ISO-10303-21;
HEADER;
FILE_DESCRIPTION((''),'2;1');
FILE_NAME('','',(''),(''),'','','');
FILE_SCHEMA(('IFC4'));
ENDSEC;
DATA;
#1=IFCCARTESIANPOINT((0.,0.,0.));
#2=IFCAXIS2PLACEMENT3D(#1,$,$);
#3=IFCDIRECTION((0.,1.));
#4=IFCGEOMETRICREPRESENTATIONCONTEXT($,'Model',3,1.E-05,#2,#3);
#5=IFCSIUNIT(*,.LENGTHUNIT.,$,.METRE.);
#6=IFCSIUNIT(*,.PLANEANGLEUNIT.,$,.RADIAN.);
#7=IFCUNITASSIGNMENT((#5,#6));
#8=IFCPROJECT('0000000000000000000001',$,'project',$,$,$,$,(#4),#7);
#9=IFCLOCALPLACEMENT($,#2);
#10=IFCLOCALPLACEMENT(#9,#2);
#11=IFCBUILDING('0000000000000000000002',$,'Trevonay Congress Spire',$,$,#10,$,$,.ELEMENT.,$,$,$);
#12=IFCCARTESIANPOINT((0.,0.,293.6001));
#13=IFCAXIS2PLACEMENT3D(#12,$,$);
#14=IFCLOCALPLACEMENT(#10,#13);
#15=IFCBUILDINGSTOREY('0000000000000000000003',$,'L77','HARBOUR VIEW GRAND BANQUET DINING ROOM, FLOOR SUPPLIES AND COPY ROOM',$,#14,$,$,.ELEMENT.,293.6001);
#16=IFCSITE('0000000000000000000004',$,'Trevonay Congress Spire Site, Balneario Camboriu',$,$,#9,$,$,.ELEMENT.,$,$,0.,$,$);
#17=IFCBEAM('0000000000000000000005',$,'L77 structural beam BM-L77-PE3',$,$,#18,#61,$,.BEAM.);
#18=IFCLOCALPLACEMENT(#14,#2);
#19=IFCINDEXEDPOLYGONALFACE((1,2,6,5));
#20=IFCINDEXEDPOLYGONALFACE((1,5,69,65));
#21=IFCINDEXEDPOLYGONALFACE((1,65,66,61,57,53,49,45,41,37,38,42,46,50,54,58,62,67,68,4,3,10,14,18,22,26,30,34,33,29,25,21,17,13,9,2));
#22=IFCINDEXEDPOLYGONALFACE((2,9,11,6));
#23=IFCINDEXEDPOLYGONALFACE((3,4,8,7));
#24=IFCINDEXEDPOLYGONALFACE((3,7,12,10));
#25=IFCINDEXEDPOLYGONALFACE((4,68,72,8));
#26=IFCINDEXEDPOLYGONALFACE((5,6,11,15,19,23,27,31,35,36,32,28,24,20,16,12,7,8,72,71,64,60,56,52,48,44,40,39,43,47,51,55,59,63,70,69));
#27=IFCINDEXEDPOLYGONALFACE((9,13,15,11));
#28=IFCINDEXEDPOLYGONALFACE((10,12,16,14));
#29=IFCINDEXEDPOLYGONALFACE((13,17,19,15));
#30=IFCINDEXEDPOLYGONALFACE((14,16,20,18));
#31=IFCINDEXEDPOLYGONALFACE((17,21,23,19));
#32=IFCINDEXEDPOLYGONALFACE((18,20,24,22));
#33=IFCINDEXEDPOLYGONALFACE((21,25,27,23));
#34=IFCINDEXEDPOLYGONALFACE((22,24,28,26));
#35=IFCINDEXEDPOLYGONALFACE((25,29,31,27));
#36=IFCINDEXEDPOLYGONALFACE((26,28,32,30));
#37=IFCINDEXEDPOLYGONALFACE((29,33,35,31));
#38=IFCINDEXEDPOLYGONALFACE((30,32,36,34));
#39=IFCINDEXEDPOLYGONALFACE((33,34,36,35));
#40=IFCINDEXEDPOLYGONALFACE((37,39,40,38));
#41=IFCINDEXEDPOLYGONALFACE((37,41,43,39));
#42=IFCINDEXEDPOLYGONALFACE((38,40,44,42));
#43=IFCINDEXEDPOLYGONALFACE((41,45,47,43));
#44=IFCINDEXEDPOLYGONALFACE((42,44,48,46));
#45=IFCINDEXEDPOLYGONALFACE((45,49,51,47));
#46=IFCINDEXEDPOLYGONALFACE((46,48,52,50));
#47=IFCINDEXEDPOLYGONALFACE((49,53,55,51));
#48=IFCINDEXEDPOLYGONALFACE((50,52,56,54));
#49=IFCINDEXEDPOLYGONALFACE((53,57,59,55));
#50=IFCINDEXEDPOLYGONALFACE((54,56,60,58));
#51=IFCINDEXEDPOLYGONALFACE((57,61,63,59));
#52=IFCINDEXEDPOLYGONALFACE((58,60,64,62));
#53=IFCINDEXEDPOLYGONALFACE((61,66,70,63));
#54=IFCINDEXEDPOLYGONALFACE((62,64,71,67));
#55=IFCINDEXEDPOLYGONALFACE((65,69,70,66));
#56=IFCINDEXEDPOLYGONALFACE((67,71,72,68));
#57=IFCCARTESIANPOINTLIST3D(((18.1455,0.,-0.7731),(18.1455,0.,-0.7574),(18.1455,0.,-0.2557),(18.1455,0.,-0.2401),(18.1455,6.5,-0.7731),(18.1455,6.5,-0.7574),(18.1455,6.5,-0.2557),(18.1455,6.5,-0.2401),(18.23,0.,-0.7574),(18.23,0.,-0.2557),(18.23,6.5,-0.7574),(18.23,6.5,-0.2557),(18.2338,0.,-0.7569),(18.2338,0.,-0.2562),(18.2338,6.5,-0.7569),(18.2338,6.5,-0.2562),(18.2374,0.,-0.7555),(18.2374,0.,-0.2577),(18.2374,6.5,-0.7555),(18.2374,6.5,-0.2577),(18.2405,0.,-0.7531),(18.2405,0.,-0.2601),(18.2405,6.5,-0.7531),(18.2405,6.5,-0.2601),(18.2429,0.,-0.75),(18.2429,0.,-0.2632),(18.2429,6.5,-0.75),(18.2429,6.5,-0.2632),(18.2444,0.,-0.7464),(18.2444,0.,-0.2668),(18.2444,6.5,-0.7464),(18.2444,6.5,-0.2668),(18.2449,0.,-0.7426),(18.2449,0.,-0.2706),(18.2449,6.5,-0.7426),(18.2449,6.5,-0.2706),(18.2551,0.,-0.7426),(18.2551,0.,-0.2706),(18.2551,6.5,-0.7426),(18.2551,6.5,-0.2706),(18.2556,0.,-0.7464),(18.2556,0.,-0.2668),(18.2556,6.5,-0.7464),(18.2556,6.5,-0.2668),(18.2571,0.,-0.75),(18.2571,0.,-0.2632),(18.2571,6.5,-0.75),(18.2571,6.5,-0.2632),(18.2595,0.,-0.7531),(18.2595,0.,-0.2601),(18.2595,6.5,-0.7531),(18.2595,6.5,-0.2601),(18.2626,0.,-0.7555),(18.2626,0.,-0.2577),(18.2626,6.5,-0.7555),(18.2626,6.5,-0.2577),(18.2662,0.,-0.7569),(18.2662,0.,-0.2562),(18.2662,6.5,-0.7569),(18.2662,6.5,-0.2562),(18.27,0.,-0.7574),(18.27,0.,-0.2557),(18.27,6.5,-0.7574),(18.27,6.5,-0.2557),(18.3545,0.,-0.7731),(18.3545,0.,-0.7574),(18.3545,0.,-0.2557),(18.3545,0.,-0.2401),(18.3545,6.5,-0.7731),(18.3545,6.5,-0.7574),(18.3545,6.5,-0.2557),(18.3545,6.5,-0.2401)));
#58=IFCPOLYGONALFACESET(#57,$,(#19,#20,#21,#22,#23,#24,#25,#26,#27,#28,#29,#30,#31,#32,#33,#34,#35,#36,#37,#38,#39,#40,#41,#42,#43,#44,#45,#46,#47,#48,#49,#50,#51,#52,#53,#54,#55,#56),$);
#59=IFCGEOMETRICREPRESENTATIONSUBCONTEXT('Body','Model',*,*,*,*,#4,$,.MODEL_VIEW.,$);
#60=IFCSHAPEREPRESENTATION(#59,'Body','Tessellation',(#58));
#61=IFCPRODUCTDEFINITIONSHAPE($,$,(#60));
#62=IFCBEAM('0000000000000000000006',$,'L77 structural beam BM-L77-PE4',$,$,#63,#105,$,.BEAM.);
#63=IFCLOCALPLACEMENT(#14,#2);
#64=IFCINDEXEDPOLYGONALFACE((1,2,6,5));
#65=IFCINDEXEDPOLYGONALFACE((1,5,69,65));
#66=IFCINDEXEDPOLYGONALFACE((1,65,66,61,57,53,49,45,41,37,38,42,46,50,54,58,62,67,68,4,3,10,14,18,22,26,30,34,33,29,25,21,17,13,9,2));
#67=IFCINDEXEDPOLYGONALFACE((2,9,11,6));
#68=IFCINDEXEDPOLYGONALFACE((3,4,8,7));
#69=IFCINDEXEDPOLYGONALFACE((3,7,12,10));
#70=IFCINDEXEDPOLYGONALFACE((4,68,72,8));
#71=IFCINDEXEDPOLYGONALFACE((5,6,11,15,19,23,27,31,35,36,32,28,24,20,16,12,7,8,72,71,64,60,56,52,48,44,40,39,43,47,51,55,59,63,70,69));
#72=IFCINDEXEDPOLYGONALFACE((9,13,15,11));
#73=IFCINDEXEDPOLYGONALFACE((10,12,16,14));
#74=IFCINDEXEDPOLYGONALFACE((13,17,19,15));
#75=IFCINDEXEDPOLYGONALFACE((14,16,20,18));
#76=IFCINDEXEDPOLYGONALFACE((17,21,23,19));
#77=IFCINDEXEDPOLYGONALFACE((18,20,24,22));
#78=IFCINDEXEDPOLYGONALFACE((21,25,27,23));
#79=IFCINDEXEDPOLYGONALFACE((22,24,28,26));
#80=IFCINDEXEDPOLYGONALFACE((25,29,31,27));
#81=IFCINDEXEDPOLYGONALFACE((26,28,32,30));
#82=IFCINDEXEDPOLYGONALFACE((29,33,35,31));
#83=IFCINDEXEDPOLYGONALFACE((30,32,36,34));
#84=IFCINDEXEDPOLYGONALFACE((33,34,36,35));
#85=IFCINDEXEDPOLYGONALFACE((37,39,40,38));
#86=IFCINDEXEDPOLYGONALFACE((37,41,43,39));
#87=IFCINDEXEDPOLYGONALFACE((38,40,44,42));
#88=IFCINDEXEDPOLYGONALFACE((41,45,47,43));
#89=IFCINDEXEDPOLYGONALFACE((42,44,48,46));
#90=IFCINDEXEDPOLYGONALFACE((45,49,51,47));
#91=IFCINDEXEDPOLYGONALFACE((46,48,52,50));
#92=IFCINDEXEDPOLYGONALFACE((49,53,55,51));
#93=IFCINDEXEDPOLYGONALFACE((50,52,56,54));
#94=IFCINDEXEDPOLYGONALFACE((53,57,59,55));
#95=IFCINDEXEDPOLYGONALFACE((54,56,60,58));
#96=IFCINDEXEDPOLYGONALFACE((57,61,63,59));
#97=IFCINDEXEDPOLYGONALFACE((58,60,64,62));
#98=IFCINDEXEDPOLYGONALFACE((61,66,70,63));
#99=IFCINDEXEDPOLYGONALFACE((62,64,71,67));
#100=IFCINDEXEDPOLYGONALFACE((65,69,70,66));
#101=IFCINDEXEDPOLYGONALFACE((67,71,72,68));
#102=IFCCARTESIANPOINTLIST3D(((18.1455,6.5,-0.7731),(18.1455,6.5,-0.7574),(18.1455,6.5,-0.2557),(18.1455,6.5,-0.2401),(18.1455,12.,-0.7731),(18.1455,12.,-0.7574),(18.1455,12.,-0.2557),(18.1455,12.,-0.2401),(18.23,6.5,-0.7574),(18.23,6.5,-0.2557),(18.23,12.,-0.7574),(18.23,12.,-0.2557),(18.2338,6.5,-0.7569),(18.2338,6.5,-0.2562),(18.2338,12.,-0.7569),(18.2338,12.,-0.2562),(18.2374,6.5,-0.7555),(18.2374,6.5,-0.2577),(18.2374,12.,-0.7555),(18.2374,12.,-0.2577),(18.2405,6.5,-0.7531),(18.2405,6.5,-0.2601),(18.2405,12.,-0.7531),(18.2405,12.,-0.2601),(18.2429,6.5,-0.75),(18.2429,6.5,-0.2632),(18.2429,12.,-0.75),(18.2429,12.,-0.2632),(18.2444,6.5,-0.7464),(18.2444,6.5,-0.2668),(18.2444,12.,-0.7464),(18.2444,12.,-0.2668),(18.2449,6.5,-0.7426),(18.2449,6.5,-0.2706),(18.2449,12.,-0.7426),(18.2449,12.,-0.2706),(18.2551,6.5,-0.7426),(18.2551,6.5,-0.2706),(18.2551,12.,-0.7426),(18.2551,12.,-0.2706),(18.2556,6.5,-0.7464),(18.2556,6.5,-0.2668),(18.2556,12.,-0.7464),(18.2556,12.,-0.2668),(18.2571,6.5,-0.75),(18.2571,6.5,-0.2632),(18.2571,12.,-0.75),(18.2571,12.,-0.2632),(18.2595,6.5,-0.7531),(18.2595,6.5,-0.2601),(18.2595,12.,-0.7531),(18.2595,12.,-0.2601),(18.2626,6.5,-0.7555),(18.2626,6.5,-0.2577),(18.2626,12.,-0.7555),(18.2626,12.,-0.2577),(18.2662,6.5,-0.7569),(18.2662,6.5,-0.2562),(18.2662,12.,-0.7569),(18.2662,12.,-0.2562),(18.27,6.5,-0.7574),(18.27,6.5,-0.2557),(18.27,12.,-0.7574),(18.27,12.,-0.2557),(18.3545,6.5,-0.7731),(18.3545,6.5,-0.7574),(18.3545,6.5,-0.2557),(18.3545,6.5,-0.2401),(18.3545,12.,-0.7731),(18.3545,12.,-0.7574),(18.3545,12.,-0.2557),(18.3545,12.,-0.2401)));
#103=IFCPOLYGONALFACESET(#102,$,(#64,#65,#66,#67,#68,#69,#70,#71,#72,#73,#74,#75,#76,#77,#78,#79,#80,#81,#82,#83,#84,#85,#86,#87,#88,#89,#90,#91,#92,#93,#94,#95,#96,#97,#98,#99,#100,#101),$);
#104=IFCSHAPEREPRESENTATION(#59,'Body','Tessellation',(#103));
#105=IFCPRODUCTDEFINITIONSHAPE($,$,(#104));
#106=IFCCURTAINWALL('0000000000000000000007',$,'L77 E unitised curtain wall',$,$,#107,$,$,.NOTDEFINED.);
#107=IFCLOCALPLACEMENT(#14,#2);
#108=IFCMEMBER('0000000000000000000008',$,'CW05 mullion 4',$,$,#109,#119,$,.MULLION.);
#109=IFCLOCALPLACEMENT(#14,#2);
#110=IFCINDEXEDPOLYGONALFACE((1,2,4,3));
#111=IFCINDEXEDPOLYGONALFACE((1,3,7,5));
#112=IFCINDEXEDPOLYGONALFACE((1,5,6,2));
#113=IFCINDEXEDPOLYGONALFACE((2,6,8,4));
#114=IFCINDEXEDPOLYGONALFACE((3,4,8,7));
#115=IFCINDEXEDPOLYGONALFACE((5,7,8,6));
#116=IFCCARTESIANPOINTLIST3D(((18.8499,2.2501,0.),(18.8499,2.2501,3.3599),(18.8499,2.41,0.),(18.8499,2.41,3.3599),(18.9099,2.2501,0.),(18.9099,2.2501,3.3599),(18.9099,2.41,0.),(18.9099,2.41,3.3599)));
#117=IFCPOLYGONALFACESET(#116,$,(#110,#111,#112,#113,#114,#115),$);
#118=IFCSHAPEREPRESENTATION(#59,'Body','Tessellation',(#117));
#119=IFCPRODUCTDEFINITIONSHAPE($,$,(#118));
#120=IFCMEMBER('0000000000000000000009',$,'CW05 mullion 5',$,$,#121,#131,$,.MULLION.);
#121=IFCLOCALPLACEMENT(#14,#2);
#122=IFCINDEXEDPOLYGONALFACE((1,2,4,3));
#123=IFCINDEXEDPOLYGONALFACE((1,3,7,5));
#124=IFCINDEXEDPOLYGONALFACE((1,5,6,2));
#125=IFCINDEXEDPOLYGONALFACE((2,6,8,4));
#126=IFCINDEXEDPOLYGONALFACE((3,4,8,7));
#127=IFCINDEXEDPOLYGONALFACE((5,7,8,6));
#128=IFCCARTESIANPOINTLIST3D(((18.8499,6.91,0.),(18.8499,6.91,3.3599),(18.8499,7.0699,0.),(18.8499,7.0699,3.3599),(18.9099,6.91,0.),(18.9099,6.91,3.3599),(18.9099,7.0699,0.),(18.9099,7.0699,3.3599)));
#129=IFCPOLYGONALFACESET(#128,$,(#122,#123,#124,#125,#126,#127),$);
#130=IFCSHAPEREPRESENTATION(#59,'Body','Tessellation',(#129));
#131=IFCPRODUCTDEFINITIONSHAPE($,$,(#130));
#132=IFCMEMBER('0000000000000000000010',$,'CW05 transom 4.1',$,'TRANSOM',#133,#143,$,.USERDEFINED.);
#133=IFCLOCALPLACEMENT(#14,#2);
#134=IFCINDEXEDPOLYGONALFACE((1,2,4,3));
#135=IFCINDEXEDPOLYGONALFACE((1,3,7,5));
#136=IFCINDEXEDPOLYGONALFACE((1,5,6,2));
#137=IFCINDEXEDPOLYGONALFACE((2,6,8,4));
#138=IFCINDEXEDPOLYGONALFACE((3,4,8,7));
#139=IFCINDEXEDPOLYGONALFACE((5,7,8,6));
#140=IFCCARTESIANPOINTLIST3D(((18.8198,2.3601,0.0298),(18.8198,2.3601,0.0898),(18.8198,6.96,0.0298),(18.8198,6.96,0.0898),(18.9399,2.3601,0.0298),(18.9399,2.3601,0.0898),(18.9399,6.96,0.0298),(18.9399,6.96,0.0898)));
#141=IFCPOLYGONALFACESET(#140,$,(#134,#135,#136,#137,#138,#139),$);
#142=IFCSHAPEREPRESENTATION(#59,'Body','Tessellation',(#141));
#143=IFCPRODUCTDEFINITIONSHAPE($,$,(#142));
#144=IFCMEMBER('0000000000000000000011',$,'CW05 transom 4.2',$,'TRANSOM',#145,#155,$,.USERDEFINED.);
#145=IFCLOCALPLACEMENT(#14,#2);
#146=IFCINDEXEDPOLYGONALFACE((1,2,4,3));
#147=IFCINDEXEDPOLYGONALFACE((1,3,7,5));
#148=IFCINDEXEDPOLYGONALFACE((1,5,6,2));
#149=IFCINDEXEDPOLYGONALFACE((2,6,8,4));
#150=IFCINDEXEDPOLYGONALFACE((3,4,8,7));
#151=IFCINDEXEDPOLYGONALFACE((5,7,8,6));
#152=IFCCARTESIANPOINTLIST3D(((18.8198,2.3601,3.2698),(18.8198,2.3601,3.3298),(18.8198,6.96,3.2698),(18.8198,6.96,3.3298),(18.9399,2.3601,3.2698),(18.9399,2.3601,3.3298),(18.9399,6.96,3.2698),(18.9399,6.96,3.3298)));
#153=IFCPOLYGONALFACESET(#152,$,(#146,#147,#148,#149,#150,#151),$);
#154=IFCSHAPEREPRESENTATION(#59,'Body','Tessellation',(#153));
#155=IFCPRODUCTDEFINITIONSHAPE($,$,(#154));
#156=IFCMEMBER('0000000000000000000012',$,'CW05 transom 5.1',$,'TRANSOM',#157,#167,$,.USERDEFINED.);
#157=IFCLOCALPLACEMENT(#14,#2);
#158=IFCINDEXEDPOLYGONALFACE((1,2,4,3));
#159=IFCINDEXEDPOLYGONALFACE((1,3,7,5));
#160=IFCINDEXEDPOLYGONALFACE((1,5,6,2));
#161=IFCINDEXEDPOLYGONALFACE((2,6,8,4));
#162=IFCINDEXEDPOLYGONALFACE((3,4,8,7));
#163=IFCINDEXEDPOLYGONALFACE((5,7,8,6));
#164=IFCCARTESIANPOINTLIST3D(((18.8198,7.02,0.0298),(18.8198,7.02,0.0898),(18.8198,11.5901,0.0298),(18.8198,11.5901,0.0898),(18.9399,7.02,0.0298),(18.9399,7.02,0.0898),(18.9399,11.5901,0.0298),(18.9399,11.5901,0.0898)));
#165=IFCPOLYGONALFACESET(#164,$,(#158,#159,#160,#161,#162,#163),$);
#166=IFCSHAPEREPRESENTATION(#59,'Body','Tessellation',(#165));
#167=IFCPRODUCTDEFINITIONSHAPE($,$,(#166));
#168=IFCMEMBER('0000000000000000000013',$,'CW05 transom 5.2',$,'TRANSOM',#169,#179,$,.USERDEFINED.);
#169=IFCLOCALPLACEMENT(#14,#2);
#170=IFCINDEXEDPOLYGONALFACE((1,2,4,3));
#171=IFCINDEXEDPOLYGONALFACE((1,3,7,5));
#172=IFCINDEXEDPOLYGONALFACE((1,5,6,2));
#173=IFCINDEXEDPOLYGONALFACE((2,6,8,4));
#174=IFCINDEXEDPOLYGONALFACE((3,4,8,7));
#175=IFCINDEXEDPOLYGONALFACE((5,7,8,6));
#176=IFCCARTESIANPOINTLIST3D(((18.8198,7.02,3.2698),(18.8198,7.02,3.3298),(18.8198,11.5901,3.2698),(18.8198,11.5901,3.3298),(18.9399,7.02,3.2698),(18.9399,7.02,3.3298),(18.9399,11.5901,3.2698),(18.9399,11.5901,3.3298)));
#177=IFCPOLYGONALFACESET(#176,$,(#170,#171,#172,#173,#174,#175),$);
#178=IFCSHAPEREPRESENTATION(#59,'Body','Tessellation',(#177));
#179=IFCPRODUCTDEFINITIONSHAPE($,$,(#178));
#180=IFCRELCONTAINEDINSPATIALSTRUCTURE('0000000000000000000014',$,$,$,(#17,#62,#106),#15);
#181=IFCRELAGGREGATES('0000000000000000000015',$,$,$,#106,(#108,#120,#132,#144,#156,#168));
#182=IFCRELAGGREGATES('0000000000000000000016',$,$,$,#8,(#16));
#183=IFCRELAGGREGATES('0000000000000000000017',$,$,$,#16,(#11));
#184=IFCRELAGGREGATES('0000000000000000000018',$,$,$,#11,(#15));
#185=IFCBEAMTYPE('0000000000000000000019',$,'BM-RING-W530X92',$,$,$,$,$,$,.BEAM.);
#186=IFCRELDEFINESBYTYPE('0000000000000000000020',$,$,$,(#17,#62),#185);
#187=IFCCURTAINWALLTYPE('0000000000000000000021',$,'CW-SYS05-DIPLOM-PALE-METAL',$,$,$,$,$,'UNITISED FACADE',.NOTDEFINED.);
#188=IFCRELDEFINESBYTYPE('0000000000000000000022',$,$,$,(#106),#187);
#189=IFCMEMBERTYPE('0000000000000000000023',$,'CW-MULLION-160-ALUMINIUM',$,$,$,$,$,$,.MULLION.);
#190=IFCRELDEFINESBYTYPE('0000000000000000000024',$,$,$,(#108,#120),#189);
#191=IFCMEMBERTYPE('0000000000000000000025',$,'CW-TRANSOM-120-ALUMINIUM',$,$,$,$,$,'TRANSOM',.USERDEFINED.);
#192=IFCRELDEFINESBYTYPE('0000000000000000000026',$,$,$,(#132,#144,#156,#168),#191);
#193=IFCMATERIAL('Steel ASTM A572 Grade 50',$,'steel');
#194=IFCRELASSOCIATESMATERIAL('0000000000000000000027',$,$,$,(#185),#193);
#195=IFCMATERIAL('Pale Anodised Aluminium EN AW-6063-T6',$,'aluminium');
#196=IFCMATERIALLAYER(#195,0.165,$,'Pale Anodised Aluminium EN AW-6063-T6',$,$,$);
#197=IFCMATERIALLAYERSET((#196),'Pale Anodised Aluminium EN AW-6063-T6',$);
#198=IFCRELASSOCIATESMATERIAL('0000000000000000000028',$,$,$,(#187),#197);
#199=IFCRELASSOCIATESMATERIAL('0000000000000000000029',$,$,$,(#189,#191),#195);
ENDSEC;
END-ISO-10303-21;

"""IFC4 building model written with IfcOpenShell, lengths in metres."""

from ifc_helpers import new_model, si_unit, direction, frame, origin, origin_2d, place, context, subcontext, project, spatial, rectangle, i_section, extrude, material, layer, layer_set, material_profile, profile_set, type_object, element, aggregate, save


model = new_model("IFC4")

# Units and contexts
model_context = context("Model", 3, precision=1e-05, world=origin(), true_north=direction((0.0, 1.0)))
body_context = subcontext(model_context, "Body", "Model", "MODEL_VIEW")
ifc_project = project(units=[si_unit("LENGTHUNIT", "METRE"), si_unit("PLANEANGLEUNIT", "RADIAN")], contexts=[model_context])

# Site, building, storey
site_placement = place(None, origin())
site = spatial("IfcSite", under=ifc_project, at=site_placement, Name="Trevonay Congress Spire Site, Balneario Camboriu", CompositionType="ELEMENT", RefElevation=0.0)
building_placement = place(site_placement, origin())
building = spatial("IfcBuilding", under=site, at=building_placement, Name="Trevonay Congress Spire", CompositionType="ELEMENT")
storey_placement = place(building_placement, frame((0.0, 0.0, 293.6001)))
storey = spatial("IfcBuildingStorey", under=building, at=storey_placement, Name="L77", Description="HARBOUR VIEW GRAND BANQUET DINING ROOM, FLOOR SUPPLIES AND COPY ROOM", CompositionType="ELEMENT", Elevation=293.6001)

# Shared definitions
ifc_material_1 = material(Name="Steel ASTM A572 Grade 50", Category="steel")

# Beams
ifc_material_profile_1 = material_profile(ifc_material_1, i_section(OverallWidth=0.209, OverallDepth=0.533, WebThickness=0.0103, FlangeThickness=0.0156, FilletRadius=0.0149, at=origin_2d()), Name="W530x92")
ifc_profile_set_1 = profile_set([ifc_material_profile_1], Name="Steel ASTM A572 Grade 50")
beam_type_1 = type_object("IfcBeamType", Name="BM-RING-W530X92", PredefinedType="BEAM", material=ifc_profile_set_1)
beam_1_placement = place(storey_placement, frame((18.25, 0.0, -0.5066), z_axis=(0.0, 1.0, 0.0), x_axis=(-1.0, 0.0, 0.0)))
element("IfcBeam", 1, at=beam_1_placement, inside=storey, type_object=beam_type_1, Name="L77 structural beam BM-L77-PE3", PredefinedType="BEAM", context=body_context, shape_type="SweptSolid", body=[
    extrude(i_section(OverallWidth=0.209, OverallDepth=0.533, WebThickness=0.0103, FlangeThickness=0.0156, FilletRadius=0.0149, at=origin_2d()), origin(), (0.0, 0.0, 1.0), 6.5),
])
beam_2_placement = place(storey_placement, frame((18.25, 6.5, -0.5066), z_axis=(0.0, 1.0, 0.0), x_axis=(-1.0, 0.0, 0.0)))
element("IfcBeam", 2, at=beam_2_placement, inside=storey, type_object=beam_type_1, Name="L77 structural beam BM-L77-PE4", PredefinedType="BEAM", context=body_context, shape_type="SweptSolid", body=[
    extrude(i_section(OverallWidth=0.209, OverallDepth=0.533, WebThickness=0.0103, FlangeThickness=0.0156, FilletRadius=0.0149, at=origin_2d()), origin(), (0.0, 0.0, 1.0), 5.5),
])

# Curtain wall, members
ifc_material_2 = material(Name="Pale Anodised Aluminium EN AW-6063-T6", Category="aluminium")
ifc_layer_1 = layer(ifc_material_2, 0.165, Name="Pale Anodised Aluminium EN AW-6063-T6")
ifc_layer_set_1 = layer_set([ifc_layer_1], Name="Pale Anodised Aluminium EN AW-6063-T6")
curtain_wall_type = type_object("IfcCurtainWallType", Name="CW-SYS05-DIPLOM-PALE-METAL", ElementType="UNITISED FACADE", PredefinedType="NOTDEFINED", material=ifc_layer_set_1)
curtain_wall_placement = place(storey_placement, origin())
curtain_wall = element("IfcCurtainWall", 3, at=curtain_wall_placement, inside=storey, type_object=curtain_wall_type, Name="L77 E unitised curtain wall", PredefinedType="NOTDEFINED")
ifc_material_profile_2 = material_profile(ifc_material_2, rectangle(XDim=0.0601, YDim=0.1599, at=origin_2d()), Name="CW-MULLION-160-ALUMINIUM")
ifc_profile_set_2 = profile_set([ifc_material_profile_2], Name="Pale Anodised Aluminium EN AW-6063-T6")
member_type_1 = type_object("IfcMemberType", Name="CW-MULLION-160-ALUMINIUM", PredefinedType="MULLION", material=ifc_profile_set_2)
member_1_placement = place(storey_placement, frame((18.8799, 2.3301, 0.0), z_axis=(0.0, 0.0, 1.0), x_axis=(-1.0, 0.0, 0.0)))
member_1 = element("IfcMember", 4, at=member_1_placement, type_object=member_type_1, Name="CW05 mullion 4", PredefinedType="MULLION", context=body_context, shape_type="SweptSolid", body=[
    extrude(rectangle(XDim=0.0601, YDim=0.1599, at=origin_2d()), origin(), (0.0, 0.0, 1.0), 3.3599),
])
member_2_placement = place(storey_placement, frame((18.8799, 6.99, 0.0), z_axis=(0.0, 0.0, 1.0), x_axis=(-1.0, 0.0, 0.0)))
member_2 = element("IfcMember", 5, at=member_2_placement, type_object=member_type_1, Name="CW05 mullion 5", PredefinedType="MULLION", context=body_context, shape_type="SweptSolid", body=[
    extrude(rectangle(XDim=0.0601, YDim=0.1599, at=origin_2d()), origin(), (0.0, 0.0, 1.0), 3.3599),
])
ifc_material_profile_3 = material_profile(ifc_material_2, rectangle(XDim=0.1201, YDim=0.0601, at=origin_2d()), Name="CW-TRANSOM-120-ALUMINIUM")
ifc_profile_set_3 = profile_set([ifc_material_profile_3], Name="Pale Anodised Aluminium EN AW-6063-T6")
member_type_2 = type_object("IfcMemberType", Name="CW-TRANSOM-120-ALUMINIUM", ElementType="TRANSOM", PredefinedType="USERDEFINED", material=ifc_profile_set_3)
member_3_placement = place(storey_placement, frame((18.8799, 2.3601, 0.0598), z_axis=(0.0, 1.0, 0.0), x_axis=(-1.0, 0.0, 0.0)))
member_3 = element("IfcMember", 6, at=member_3_placement, type_object=member_type_2, Name="CW05 transom 4.1", ObjectType="TRANSOM", PredefinedType="USERDEFINED", context=body_context, shape_type="SweptSolid", body=[
    extrude(rectangle(XDim=0.1201, YDim=0.0601, at=origin_2d()), origin(), (0.0, 0.0, 1.0), 4.5999),
])
member_4_placement = place(storey_placement, frame((18.8799, 2.3601, 3.2998), z_axis=(0.0, 1.0, 0.0), x_axis=(-1.0, 0.0, 0.0)))
member_4 = element("IfcMember", 7, at=member_4_placement, type_object=member_type_2, Name="CW05 transom 4.2", ObjectType="TRANSOM", PredefinedType="USERDEFINED", context=body_context, shape_type="SweptSolid", body=[
    extrude(rectangle(XDim=0.1201, YDim=0.0601, at=origin_2d()), origin(), (0.0, 0.0, 1.0), 4.5999),
])
member_5_placement = place(storey_placement, frame((18.8799, 7.02, 0.0598), z_axis=(0.0, 1.0, 0.0), x_axis=(-1.0, 0.0, 0.0)))
member_5 = element("IfcMember", 8, at=member_5_placement, type_object=member_type_2, Name="CW05 transom 5.1", ObjectType="TRANSOM", PredefinedType="USERDEFINED", context=body_context, shape_type="SweptSolid", body=[
    extrude(rectangle(XDim=0.1201, YDim=0.0601, at=origin_2d()), origin(), (0.0, 0.0, 1.0), 4.5701),
])
member_6_placement = place(storey_placement, frame((18.8799, 7.02, 3.2998), z_axis=(0.0, 1.0, 0.0), x_axis=(-1.0, 0.0, 0.0)))
member_6 = element("IfcMember", 9, at=member_6_placement, type_object=member_type_2, Name="CW05 transom 5.2", ObjectType="TRANSOM", PredefinedType="USERDEFINED", context=body_context, shape_type="SweptSolid", body=[
    extrude(rectangle(XDim=0.1201, YDim=0.0601, at=origin_2d()), origin(), (0.0, 0.0, 1.0), 4.5701),
])

aggregate(curtain_wall, [member_1, member_2, member_3, member_4, member_5, member_6])

save(model, "model.ifc")
